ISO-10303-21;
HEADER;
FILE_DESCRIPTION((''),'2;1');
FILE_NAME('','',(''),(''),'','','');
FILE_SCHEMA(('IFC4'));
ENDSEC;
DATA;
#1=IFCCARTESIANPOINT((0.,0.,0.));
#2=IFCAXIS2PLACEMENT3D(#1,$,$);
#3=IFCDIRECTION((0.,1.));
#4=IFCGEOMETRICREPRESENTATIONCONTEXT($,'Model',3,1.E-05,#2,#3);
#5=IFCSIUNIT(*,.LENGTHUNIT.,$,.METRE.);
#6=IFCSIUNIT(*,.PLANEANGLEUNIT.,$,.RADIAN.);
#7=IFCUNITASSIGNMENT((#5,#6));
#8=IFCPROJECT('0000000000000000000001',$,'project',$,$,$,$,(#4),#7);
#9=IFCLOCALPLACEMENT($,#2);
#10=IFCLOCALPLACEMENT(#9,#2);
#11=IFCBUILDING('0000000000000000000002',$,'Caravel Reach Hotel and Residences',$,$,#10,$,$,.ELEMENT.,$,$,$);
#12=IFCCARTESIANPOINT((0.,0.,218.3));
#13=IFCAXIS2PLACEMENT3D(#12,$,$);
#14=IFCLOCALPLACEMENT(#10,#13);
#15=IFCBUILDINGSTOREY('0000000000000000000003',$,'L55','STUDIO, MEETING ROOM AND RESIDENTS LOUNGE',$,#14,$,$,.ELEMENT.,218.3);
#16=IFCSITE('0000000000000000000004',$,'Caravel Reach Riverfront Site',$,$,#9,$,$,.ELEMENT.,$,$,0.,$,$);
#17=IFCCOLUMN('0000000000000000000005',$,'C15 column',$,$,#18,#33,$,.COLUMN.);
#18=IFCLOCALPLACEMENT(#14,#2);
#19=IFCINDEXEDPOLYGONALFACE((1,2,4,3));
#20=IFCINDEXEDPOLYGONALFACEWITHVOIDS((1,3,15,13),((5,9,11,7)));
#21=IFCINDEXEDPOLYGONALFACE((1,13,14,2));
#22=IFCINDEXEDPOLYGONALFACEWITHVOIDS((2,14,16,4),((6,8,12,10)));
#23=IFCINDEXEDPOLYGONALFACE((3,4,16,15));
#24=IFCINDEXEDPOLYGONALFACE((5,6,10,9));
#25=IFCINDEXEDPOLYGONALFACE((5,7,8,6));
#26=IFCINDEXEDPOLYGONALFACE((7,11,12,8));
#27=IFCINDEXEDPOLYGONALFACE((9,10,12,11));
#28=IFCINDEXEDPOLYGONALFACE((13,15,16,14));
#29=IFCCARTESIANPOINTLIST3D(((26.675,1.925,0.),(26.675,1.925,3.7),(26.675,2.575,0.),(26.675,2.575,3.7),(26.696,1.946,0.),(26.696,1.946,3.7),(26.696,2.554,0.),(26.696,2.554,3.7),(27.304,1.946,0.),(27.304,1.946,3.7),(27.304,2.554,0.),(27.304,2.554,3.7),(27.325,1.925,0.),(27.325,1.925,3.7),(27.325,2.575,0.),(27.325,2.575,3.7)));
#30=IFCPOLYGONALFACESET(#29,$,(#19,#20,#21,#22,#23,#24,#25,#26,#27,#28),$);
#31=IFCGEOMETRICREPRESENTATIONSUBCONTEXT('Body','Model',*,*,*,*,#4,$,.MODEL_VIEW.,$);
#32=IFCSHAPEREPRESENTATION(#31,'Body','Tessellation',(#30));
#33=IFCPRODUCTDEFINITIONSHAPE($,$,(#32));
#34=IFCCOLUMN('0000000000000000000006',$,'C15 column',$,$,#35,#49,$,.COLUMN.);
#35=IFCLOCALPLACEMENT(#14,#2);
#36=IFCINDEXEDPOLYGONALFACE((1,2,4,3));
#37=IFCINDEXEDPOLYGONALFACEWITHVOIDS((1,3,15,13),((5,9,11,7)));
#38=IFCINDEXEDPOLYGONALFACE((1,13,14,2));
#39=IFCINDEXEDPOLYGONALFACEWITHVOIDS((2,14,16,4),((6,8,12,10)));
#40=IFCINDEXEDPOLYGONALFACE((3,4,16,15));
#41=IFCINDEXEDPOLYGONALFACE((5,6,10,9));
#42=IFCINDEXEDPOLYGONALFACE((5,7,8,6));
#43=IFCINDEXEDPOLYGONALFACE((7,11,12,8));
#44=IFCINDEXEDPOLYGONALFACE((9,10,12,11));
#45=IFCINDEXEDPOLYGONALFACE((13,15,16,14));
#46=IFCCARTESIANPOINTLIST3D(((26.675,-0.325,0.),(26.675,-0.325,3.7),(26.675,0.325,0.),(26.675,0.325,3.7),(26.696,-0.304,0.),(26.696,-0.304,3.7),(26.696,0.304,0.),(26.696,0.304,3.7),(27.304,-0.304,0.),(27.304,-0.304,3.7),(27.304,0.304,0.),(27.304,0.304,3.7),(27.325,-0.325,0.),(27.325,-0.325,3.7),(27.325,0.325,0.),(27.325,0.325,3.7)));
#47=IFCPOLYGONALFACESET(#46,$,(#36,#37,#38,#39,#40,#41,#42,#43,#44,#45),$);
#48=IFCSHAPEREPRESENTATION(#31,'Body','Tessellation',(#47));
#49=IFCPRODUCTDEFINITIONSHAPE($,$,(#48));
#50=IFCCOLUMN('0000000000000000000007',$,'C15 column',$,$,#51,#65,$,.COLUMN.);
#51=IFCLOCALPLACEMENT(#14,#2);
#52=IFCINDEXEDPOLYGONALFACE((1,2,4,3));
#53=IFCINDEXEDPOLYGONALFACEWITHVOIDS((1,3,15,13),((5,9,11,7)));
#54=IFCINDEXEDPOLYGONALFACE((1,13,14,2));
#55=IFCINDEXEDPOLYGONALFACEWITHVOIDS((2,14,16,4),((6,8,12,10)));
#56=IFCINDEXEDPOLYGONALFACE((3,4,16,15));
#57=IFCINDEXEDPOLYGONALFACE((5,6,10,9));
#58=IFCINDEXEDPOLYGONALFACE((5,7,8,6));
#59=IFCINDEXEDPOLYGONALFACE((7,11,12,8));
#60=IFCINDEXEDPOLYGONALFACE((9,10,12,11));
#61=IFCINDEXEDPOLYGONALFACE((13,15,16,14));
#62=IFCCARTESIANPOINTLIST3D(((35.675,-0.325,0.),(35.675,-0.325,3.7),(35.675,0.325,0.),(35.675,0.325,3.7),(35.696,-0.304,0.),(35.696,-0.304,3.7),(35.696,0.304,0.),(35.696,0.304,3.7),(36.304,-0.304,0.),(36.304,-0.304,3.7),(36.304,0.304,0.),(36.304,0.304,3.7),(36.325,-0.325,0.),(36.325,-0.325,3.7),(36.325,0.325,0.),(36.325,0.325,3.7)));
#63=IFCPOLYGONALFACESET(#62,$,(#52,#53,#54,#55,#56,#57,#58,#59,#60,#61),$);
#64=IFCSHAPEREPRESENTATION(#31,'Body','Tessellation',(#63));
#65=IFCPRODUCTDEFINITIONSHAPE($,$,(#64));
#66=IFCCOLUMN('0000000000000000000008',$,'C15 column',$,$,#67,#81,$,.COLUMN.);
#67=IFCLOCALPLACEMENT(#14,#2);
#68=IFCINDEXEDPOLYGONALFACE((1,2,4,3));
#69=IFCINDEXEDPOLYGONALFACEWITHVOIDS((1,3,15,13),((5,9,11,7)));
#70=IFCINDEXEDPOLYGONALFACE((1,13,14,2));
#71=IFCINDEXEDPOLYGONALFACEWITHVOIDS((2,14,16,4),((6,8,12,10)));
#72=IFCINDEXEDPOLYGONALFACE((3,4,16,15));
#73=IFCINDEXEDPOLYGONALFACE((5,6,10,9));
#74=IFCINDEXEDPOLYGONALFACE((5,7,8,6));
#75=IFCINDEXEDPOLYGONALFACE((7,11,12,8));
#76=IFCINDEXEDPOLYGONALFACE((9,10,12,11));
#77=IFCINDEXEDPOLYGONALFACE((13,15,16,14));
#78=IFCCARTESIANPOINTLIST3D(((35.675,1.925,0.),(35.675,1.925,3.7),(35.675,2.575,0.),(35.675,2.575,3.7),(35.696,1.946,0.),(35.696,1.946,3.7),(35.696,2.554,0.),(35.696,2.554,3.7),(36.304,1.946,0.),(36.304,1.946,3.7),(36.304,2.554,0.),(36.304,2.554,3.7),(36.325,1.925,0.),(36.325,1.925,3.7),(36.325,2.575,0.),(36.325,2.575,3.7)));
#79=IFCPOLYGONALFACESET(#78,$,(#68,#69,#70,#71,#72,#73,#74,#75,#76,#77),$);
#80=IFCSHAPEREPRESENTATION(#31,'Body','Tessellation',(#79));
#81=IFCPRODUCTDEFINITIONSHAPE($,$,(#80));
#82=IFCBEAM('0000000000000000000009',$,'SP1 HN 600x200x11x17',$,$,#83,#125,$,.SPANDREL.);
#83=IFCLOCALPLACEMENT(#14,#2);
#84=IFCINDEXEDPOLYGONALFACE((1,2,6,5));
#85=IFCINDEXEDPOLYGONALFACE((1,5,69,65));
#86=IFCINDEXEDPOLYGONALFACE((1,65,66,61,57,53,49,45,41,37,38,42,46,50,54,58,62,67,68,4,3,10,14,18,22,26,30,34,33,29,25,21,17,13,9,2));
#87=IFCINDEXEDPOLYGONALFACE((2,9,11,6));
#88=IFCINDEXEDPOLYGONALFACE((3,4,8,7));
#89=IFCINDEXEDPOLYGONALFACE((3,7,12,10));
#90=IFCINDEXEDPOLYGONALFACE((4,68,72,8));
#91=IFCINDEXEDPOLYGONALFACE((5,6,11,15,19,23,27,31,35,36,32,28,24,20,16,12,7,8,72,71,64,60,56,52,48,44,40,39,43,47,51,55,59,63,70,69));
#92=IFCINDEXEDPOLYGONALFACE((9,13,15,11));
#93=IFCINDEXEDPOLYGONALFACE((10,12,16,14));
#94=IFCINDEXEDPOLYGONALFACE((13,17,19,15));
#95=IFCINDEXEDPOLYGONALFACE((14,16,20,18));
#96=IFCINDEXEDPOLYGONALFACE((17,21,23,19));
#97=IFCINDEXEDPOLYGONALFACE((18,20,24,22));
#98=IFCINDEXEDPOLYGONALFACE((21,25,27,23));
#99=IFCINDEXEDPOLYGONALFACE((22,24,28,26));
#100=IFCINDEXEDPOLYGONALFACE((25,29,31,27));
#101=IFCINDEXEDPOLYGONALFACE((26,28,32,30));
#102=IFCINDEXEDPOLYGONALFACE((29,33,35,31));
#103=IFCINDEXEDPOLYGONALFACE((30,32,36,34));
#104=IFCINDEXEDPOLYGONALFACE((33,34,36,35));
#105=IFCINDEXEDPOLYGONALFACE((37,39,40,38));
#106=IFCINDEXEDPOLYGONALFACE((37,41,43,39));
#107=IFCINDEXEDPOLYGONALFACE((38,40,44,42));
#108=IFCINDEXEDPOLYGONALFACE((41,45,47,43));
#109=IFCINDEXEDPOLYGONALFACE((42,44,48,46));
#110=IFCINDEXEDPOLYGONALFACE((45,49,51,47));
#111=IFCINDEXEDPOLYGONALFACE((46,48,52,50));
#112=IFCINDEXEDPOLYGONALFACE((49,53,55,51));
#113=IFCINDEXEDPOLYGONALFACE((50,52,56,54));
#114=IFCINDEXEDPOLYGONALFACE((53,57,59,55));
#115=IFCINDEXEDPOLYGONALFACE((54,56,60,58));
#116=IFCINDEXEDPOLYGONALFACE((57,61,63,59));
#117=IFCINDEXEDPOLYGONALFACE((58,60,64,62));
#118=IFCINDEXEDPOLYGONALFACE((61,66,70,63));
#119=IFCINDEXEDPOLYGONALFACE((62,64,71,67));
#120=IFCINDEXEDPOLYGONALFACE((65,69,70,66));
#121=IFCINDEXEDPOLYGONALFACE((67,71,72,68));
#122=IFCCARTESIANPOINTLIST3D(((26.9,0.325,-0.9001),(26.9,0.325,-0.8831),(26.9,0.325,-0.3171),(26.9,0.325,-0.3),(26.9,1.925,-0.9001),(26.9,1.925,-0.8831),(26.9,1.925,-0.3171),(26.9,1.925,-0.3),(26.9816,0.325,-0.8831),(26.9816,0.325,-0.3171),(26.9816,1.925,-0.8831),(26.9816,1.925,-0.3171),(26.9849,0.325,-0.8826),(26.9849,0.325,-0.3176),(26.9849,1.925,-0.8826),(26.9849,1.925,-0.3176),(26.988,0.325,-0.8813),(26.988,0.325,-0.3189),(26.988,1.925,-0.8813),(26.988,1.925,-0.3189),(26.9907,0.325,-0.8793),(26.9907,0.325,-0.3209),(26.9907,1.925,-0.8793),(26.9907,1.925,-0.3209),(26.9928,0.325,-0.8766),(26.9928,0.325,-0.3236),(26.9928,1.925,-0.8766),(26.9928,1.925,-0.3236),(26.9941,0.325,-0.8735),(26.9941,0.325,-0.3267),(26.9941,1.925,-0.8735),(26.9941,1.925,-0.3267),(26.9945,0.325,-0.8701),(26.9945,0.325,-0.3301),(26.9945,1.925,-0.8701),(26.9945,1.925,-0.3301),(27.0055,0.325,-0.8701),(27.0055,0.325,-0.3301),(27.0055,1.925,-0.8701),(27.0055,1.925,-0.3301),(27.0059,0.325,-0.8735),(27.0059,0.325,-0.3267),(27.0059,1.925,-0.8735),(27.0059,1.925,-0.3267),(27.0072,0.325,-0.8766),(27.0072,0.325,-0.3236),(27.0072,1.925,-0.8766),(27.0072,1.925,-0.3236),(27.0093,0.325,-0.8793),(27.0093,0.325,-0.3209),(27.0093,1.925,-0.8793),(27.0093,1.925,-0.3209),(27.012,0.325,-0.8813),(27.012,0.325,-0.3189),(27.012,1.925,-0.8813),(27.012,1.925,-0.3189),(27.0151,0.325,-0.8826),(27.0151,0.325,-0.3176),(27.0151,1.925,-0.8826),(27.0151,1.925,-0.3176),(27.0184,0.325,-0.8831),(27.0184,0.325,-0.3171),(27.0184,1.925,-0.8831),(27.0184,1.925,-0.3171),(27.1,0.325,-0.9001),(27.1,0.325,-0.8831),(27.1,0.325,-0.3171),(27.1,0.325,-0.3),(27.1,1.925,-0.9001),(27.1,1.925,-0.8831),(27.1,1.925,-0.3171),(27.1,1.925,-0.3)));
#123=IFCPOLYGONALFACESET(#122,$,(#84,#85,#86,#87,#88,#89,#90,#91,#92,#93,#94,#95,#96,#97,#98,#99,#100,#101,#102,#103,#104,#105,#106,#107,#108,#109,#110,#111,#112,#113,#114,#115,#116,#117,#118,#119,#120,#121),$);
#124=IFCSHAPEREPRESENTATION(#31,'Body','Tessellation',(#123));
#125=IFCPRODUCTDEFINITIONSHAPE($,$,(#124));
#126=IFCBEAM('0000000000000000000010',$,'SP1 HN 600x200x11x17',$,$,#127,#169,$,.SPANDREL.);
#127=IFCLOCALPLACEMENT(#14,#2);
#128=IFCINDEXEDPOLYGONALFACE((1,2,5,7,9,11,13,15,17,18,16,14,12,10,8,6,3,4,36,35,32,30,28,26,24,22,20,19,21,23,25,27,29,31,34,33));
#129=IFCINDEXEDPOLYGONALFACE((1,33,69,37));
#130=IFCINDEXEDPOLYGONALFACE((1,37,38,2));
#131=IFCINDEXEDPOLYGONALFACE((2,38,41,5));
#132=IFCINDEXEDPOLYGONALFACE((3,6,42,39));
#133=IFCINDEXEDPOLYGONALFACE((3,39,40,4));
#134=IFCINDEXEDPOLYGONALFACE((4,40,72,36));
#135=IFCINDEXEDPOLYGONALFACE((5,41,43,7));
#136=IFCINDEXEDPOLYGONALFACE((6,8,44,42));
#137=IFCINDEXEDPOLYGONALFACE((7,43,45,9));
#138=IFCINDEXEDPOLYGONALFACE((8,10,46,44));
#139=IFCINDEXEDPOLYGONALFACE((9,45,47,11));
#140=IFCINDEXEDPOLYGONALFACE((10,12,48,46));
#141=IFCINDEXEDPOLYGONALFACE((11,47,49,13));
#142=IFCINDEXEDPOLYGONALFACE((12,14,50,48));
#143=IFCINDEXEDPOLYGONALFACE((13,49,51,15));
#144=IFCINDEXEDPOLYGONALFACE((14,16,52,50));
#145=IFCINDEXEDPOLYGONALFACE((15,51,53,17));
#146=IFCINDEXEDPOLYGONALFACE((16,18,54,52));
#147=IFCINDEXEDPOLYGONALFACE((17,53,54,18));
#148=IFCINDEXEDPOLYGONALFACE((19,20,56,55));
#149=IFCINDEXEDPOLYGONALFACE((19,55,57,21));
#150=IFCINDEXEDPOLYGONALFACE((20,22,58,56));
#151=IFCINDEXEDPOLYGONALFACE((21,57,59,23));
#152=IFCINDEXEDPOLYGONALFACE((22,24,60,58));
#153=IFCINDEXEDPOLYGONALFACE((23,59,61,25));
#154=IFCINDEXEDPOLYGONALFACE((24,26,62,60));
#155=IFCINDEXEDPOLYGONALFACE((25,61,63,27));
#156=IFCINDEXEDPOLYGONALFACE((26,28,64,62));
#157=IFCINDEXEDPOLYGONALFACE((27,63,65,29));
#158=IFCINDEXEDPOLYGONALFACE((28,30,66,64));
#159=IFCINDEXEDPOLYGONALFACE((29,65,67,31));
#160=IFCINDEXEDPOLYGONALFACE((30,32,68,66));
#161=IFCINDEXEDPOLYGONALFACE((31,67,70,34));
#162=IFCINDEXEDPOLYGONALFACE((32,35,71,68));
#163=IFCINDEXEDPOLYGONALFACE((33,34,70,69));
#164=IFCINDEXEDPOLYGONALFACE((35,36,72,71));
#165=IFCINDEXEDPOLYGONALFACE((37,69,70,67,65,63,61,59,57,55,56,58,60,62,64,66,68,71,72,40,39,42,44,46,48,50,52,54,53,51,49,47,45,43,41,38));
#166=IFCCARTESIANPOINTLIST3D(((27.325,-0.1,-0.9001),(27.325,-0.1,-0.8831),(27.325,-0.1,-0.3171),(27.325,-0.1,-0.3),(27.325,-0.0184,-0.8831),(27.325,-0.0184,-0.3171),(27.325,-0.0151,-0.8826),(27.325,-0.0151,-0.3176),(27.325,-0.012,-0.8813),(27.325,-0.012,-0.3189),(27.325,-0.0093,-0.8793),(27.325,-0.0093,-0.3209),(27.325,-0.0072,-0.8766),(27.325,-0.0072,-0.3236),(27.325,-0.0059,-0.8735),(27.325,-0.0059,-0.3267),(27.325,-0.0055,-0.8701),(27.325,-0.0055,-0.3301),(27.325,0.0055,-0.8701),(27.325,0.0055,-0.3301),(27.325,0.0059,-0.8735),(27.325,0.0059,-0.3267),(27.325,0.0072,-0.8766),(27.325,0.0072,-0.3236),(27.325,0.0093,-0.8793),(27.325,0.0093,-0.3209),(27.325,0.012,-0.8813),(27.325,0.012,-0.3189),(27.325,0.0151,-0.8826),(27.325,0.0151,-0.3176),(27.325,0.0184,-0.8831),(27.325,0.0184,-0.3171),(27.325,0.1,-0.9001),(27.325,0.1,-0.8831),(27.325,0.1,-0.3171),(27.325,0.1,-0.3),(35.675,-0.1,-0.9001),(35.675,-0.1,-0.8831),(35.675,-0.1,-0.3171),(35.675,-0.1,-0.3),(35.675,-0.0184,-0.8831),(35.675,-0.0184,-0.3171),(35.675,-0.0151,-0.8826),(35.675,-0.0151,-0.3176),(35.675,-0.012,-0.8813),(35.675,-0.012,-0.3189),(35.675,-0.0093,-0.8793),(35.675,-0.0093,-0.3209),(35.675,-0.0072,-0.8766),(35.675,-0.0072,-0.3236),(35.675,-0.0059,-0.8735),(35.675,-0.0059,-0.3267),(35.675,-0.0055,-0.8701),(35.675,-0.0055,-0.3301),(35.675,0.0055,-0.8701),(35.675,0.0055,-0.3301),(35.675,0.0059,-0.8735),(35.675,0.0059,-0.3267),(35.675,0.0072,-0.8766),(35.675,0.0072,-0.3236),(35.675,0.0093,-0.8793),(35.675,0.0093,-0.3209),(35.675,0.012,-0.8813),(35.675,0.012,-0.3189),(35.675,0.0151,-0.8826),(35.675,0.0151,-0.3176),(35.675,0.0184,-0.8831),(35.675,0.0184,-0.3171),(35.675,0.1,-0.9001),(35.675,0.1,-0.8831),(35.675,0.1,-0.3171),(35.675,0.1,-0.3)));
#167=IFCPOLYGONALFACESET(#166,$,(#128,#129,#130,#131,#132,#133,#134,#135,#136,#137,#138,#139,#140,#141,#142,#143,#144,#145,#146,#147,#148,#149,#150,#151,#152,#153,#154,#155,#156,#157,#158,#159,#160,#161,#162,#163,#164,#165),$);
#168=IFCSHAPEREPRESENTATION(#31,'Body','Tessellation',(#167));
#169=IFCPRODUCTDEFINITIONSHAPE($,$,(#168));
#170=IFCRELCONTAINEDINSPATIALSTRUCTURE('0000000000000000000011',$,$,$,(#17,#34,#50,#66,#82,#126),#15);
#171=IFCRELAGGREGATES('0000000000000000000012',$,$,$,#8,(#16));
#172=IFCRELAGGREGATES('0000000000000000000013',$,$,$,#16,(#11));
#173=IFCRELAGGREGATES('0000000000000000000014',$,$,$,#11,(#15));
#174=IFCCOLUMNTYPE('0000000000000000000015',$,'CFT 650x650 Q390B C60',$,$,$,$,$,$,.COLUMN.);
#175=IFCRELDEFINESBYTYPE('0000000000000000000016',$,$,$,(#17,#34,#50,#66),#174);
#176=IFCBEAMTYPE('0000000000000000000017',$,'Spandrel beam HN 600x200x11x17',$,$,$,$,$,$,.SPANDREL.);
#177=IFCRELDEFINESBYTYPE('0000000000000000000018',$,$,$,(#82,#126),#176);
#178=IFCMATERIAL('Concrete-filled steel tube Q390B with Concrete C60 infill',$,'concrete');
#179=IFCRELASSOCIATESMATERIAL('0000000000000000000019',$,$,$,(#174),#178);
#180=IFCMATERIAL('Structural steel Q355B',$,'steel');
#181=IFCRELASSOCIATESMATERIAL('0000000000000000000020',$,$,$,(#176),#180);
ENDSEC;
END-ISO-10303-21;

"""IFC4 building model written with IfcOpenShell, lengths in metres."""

from ifc_helpers import new_model, si_unit, direction, frame, origin, origin_2d, place, context, subcontext, project, spatial, hollow_rectangle, i_section, extrude, material, material_profile, profile_set, type_object, element, save


model = new_model("IFC4")

# Units and contexts
model_context = context("Model", 3, precision=1e-05, world=origin(), true_north=direction((0.0, 1.0)))
body_context = subcontext(model_context, "Body", "Model", "MODEL_VIEW")
ifc_project = project(units=[si_unit("LENGTHUNIT", "METRE"), si_unit("PLANEANGLEUNIT", "RADIAN")], contexts=[model_context])

# Site, building, storey
site_placement = place(None, origin())
site = spatial("IfcSite", under=ifc_project, at=site_placement, Name="Caravel Reach Riverfront Site", CompositionType="ELEMENT", RefElevation=0.0)
building_placement = place(site_placement, origin())
building = spatial("IfcBuilding", under=site, at=building_placement, Name="Caravel Reach Hotel and Residences", CompositionType="ELEMENT")
storey_placement = place(building_placement, frame((0.0, 0.0, 218.3)))
storey = spatial("IfcBuildingStorey", under=building, at=storey_placement, Name="L55", Description="STUDIO, MEETING ROOM AND RESIDENTS LOUNGE", CompositionType="ELEMENT", Elevation=218.3)

# Columns
ifc_material_1 = material(Name="Concrete-filled steel tube Q390B with Concrete C60 infill", Category="concrete")
ifc_material_profile_1 = material_profile(ifc_material_1, hollow_rectangle(XDim=0.6499, YDim=0.6499, WallThickness=0.021, at=origin_2d()), Name="RHS 650x650x21")
ifc_profile_set_1 = profile_set([ifc_material_profile_1], Name="Concrete-filled steel tube Q390B with Concrete C60 infill")
column_type = type_object("IfcColumnType", Name="CFT 650x650 Q390B C60", PredefinedType="COLUMN", material=ifc_profile_set_1)
for number, where, z_axis, x_axis, name in (
    (1, (27.0, 2.25, 0.0), (0.0, 0.0, 1.0), (1.0, 0.0, 0.0), "C15 column"),
    (2, (27.0, 0.0, 0.0), (0.0, 0.0, 1.0), (1.0, 0.0, 0.0), "C15 column"),
    (3, (36.0, 0.0, 0.0), (0.0, 0.0, 1.0), (1.0, 0.0, 0.0), "C15 column"),
    (4, (36.0, 2.25, 0.0), (0.0, 0.0, 1.0), (1.0, 0.0, 0.0), "C15 column"),
):
    element("IfcColumn", number, at=place(storey_placement, frame(where, z_axis=z_axis, x_axis=x_axis)), inside=storey, type_object=column_type, Name=name, PredefinedType="COLUMN", context=body_context, shape_type="SweptSolid", body=[
        extrude(hollow_rectangle(XDim=0.6499, YDim=0.6499, WallThickness=0.021, at=origin_2d()), origin(), (0.0, 0.0, 1.0), 3.7),
    ])

# Beams
ifc_material_2 = material(Name="Structural steel Q355B", Category="steel")
ifc_material_profile_2 = material_profile(ifc_material_2, i_section(OverallWidth=0.2, OverallDepth=0.6001, WebThickness=0.011, FlangeThickness=0.0171, FilletRadius=0.0129, at=origin_2d()), Name="HN 600x200x11x17")
ifc_profile_set_2 = profile_set([ifc_material_profile_2], Name="Structural steel Q355B")
beam_type = type_object("IfcBeamType", Name="Spandrel beam HN 600x200x11x17", PredefinedType="SPANDREL", material=ifc_profile_set_2)
beam_1_placement = place(storey_placement, frame((27.0, 1.925, -0.6001), z_axis=(0.0, -1.0, 0.0), x_axis=(1.0, 0.0, 0.0)))
element("IfcBeam", 5, at=beam_1_placement, inside=storey, type_object=beam_type, Name="SP1 HN 600x200x11x17", PredefinedType="SPANDREL", context=body_context, shape_type="SweptSolid", body=[
    extrude(i_section(OverallWidth=0.2, OverallDepth=0.6001, WebThickness=0.011, FlangeThickness=0.0171, FilletRadius=0.0129, at=origin_2d()), origin(), (0.0, 0.0, 1.0), 1.6001),
])
beam_2_placement = place(storey_placement, frame((27.325, 0.0, -0.6001), z_axis=(1.0, 0.0, 0.0), x_axis=(0.0, 1.0, 0.0)))
element("IfcBeam", 6, at=beam_2_placement, inside=storey, type_object=beam_type, Name="SP1 HN 600x200x11x17", PredefinedType="SPANDREL", context=body_context, shape_type="SweptSolid", body=[
    extrude(i_section(OverallWidth=0.2, OverallDepth=0.6001, WebThickness=0.011, FlangeThickness=0.0171, FilletRadius=0.0129, at=origin_2d()), origin(), (0.0, 0.0, 1.0), 8.3501),
])

save(model, "model.ifc")
